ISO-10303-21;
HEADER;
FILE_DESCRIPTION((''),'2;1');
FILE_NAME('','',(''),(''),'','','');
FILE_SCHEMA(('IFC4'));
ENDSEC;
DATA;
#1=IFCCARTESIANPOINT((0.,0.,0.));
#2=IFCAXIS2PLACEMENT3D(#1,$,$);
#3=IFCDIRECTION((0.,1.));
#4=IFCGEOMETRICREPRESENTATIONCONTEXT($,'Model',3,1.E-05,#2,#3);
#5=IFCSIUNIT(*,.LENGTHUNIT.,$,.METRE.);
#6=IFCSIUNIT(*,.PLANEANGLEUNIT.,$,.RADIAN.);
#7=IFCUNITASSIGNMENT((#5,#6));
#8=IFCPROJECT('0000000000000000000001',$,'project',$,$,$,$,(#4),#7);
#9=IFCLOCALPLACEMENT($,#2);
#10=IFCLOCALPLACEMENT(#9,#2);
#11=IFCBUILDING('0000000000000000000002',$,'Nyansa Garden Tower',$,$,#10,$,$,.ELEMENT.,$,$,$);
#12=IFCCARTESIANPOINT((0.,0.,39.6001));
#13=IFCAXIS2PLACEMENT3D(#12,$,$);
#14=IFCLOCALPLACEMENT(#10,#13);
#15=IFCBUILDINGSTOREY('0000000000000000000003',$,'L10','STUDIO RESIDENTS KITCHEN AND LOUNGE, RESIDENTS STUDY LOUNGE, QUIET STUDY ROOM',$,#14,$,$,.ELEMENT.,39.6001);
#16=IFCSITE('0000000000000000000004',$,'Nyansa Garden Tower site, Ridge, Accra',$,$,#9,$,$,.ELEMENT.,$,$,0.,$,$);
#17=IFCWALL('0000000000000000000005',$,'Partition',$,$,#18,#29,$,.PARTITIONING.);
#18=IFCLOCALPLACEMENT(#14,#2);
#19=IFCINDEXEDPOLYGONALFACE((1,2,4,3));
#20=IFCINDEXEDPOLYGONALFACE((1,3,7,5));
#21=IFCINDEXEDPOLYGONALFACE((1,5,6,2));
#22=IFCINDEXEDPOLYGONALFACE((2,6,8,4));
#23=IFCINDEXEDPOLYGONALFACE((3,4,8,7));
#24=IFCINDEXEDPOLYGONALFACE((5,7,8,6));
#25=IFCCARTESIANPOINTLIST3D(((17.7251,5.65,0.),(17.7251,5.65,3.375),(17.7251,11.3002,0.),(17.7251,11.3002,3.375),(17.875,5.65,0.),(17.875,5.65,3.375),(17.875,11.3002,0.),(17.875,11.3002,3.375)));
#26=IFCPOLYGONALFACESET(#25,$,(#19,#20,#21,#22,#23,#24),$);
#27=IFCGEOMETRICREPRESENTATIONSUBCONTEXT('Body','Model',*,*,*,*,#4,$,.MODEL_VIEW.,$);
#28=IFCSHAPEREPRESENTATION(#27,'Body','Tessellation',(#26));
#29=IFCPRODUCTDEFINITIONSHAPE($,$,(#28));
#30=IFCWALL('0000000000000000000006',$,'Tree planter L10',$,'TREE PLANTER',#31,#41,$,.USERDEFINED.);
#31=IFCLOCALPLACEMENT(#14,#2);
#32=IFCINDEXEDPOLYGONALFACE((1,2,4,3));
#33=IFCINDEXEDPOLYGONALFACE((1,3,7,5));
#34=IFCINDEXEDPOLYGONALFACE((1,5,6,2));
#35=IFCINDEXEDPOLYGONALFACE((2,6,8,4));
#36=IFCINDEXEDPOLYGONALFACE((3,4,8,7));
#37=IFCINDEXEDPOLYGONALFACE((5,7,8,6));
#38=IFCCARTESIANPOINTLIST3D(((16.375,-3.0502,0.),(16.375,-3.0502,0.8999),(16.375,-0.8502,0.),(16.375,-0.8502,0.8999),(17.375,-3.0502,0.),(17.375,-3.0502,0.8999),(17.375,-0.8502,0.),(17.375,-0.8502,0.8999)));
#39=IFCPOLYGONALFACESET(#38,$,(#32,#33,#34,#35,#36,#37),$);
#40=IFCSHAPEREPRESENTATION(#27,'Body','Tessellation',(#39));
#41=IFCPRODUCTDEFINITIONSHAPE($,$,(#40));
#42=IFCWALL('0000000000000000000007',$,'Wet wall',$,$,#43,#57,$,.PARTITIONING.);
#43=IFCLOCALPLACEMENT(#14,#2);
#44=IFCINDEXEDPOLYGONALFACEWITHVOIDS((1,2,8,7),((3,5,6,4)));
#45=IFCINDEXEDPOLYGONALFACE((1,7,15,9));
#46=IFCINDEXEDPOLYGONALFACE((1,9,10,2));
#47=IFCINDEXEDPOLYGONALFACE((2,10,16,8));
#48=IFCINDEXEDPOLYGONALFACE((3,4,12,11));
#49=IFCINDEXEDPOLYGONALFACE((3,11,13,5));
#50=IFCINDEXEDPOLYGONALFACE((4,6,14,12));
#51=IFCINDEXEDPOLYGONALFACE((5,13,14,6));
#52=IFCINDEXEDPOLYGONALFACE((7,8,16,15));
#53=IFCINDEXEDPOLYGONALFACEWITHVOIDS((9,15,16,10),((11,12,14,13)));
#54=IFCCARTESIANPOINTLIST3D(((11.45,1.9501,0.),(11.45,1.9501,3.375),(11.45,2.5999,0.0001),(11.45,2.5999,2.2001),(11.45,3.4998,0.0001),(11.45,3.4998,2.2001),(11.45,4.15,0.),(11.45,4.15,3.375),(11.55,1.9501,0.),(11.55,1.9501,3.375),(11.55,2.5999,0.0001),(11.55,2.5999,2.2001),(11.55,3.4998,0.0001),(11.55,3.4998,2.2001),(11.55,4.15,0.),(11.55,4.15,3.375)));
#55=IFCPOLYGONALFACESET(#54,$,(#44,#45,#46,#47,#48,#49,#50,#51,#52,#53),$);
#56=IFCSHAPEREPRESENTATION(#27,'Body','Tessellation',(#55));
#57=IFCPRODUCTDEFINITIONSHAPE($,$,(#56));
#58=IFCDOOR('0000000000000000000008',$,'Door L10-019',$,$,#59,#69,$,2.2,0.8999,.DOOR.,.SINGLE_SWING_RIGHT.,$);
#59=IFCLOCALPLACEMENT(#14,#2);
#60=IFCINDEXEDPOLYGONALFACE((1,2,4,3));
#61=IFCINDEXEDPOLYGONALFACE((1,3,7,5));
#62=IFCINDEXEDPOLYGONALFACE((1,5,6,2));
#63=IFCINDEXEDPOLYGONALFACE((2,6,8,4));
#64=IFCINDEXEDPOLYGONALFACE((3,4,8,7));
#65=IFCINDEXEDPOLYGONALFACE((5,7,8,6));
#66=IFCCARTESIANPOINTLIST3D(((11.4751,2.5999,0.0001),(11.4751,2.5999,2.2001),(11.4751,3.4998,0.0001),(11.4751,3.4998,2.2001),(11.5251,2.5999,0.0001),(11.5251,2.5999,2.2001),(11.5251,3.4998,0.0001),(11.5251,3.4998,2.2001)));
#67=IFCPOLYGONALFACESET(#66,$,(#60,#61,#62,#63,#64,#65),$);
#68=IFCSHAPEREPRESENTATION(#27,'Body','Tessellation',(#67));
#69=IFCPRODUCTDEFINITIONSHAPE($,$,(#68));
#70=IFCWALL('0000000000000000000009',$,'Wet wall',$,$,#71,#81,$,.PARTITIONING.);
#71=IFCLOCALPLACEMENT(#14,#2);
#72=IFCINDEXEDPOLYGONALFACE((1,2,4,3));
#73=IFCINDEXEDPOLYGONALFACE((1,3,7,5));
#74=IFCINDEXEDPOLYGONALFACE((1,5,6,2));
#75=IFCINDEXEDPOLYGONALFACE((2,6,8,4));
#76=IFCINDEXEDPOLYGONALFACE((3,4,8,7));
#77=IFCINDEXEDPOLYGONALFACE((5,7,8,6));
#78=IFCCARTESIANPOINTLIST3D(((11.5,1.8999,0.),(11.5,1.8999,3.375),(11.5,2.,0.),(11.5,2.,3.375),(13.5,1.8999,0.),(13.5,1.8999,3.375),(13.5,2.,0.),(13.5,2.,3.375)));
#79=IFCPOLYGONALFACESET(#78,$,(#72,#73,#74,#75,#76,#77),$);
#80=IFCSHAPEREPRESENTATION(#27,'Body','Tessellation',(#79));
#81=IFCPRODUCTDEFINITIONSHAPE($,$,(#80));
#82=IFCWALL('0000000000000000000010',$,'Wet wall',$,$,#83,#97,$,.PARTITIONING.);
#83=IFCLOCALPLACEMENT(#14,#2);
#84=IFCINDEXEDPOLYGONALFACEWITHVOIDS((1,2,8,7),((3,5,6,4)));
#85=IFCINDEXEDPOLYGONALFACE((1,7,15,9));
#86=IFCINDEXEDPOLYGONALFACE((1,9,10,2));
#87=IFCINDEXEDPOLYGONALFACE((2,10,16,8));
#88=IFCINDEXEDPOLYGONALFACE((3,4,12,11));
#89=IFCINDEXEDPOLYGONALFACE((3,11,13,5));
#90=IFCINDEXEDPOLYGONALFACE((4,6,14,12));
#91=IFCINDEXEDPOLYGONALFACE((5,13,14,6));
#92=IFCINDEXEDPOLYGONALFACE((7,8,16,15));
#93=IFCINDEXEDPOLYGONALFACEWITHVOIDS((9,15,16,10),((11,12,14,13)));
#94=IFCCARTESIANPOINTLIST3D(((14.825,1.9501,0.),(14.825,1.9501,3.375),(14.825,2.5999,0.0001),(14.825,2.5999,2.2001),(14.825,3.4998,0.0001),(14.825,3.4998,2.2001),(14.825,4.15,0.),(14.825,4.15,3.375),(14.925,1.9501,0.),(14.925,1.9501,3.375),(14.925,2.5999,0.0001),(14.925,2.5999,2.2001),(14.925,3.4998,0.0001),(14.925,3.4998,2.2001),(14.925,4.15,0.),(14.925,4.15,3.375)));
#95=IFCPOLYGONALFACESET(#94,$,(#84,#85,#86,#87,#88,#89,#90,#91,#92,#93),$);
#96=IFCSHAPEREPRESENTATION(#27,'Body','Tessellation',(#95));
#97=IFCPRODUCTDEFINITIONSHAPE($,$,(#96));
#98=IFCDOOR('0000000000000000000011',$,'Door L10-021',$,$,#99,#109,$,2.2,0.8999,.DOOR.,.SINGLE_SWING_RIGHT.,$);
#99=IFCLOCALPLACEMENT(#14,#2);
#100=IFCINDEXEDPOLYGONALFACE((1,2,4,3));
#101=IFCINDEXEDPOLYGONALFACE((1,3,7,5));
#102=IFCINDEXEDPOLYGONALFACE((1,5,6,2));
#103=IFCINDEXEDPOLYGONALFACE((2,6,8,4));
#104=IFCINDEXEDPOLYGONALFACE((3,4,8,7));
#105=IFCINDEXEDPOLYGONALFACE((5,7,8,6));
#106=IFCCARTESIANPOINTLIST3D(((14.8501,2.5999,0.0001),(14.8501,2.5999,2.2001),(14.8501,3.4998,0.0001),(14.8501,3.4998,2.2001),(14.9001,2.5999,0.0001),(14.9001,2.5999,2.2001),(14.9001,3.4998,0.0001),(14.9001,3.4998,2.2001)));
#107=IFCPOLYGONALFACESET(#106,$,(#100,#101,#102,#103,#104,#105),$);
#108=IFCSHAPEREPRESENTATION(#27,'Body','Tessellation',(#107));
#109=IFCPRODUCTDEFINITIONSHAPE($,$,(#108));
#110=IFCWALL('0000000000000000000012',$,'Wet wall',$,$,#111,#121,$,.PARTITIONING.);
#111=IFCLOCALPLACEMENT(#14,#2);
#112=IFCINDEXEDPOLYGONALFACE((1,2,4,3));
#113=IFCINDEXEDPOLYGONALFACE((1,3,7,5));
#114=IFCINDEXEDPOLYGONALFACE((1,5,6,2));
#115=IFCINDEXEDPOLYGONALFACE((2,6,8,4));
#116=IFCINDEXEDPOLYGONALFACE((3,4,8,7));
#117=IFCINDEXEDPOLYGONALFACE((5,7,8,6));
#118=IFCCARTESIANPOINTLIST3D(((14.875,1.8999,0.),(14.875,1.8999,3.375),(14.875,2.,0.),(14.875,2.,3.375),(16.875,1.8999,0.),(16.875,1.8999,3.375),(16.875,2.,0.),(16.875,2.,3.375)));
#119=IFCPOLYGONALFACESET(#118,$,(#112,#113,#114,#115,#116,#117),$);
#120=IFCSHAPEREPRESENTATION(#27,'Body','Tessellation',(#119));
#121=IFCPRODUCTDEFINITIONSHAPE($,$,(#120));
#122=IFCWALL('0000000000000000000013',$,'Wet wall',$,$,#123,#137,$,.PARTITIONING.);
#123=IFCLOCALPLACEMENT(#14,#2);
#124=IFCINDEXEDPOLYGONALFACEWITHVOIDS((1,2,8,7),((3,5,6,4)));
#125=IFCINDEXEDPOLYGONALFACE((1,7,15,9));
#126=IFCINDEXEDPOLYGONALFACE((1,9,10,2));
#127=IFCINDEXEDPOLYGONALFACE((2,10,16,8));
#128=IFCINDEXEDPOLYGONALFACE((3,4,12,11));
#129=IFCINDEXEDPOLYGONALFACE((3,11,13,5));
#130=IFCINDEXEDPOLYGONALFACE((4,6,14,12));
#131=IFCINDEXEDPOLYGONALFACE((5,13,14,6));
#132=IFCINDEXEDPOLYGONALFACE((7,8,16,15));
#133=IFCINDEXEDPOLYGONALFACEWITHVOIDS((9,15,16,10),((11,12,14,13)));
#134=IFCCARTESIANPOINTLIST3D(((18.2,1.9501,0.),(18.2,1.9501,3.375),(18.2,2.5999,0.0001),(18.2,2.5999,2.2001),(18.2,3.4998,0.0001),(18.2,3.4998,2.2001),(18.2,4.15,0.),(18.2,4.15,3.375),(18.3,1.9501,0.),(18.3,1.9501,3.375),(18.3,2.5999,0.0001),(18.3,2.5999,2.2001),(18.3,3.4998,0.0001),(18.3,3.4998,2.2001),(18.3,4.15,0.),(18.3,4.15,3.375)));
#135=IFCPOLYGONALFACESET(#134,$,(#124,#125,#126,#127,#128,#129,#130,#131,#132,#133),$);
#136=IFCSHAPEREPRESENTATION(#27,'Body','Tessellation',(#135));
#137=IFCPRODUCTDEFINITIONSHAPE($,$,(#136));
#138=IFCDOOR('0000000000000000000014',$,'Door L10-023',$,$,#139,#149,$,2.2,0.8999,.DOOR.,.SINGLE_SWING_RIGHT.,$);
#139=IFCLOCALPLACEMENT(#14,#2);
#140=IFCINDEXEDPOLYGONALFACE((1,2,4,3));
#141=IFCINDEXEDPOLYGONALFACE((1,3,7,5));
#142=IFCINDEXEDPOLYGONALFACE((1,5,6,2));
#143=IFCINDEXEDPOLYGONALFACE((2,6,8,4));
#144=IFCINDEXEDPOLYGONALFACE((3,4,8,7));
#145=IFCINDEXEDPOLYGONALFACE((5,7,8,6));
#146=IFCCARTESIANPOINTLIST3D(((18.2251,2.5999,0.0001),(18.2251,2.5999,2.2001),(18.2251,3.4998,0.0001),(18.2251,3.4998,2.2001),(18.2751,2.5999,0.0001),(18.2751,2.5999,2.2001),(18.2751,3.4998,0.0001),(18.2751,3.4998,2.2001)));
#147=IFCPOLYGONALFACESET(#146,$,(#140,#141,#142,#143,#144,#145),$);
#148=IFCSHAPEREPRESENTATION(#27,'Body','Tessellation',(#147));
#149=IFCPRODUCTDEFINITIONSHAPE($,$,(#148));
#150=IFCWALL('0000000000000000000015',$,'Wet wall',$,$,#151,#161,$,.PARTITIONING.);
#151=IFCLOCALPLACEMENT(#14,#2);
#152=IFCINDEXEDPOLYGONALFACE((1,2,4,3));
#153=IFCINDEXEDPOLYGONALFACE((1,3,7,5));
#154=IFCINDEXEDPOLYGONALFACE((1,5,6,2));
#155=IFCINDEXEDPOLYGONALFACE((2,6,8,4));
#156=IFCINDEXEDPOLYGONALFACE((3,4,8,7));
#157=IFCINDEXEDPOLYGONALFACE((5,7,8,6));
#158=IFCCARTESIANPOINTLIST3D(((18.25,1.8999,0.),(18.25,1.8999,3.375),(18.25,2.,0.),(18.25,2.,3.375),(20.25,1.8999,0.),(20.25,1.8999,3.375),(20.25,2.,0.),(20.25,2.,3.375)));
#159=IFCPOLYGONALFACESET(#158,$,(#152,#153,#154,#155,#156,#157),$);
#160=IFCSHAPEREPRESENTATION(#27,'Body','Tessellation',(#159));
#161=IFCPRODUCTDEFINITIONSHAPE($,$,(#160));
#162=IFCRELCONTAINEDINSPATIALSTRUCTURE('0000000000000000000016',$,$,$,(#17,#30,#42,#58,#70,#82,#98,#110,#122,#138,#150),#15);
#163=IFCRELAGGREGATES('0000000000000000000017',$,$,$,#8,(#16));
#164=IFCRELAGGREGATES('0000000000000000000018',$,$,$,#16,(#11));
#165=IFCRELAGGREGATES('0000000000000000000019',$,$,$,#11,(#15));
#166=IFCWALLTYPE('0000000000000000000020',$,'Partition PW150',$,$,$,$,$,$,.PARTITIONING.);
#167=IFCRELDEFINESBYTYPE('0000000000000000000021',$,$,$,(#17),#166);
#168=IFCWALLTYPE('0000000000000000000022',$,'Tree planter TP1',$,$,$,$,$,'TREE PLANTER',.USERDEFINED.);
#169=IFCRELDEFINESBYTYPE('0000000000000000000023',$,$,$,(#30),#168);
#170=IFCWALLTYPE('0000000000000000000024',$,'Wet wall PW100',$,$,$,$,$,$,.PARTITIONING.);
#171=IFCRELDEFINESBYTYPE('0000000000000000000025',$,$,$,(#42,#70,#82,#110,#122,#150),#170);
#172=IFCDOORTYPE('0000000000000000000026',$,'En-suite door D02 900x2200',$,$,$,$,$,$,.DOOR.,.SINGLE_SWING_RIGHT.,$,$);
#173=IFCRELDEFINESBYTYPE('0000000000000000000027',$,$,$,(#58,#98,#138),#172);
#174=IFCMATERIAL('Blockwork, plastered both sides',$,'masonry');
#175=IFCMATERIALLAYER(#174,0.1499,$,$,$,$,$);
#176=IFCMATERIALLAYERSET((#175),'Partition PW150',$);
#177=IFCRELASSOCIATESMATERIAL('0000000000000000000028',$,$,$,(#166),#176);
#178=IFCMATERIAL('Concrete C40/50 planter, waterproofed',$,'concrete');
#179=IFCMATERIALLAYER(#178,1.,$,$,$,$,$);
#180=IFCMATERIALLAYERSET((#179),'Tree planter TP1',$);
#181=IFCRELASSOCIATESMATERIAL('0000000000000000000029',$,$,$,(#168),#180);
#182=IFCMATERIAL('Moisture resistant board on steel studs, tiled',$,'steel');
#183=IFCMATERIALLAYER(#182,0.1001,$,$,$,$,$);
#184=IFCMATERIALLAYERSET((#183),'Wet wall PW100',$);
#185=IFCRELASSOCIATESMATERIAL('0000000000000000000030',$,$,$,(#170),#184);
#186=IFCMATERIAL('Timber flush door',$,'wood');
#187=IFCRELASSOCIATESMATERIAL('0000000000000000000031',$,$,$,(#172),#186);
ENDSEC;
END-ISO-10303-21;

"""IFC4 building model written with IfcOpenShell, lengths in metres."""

from ifc_helpers import new_model, si_unit, direction, frame, frame_2d, origin, place, context, subcontext, project, spatial, rectangle, extrude, material, layer, layer_set, type_object, element, fill, save


model = new_model("IFC4")

# Units and contexts
model_context = context("Model", 3, precision=1e-05, world=origin(), true_north=direction((0.0, 1.0)))
body_context = subcontext(model_context, "Body", "Model", "MODEL_VIEW")
ifc_project = project(units=[si_unit("LENGTHUNIT", "METRE"), si_unit("PLANEANGLEUNIT", "RADIAN")], contexts=[model_context])

# Site, building, storey
site_placement = place(None, origin())
site = spatial("IfcSite", under=ifc_project, at=site_placement, Name="Nyansa Garden Tower site, Ridge, Accra", CompositionType="ELEMENT", RefElevation=0.0)
building_placement = place(site_placement, origin())
building = spatial("IfcBuilding", under=site, at=building_placement, Name="Nyansa Garden Tower", CompositionType="ELEMENT")
storey_placement = place(building_placement, frame((0.0, 0.0, 39.6001)))
storey = spatial("IfcBuildingStorey", under=building, at=storey_placement, Name="L10", Description="STUDIO RESIDENTS KITCHEN AND LOUNGE, RESIDENTS STUDY LOUNGE, QUIET STUDY ROOM", CompositionType="ELEMENT", Elevation=39.6001)

# Walls
ifc_material_1 = material(Name="Blockwork, plastered both sides", Category="masonry")
ifc_layer_1 = layer(ifc_material_1, 0.1499)
ifc_layer_set_1 = layer_set([ifc_layer_1], Name="Partition PW150")
wall_type_1 = type_object("IfcWallType", Name="Partition PW150", PredefinedType="PARTITIONING", material=ifc_layer_set_1)
wall_1_placement = place(storey_placement, frame((17.8, 5.6499, 0.0), z_axis=(0.0, 0.0, 1.0), x_axis=(0.0, 1.0, 0.0)))
element("IfcWall", 1, at=wall_1_placement, inside=storey, type_object=wall_type_1, Name="Partition", PredefinedType="PARTITIONING", context=body_context, shape_type="SweptSolid", body=[
    extrude(rectangle(XDim=5.6501, YDim=0.1499, at=frame_2d((2.8252, 0.0))), origin(), (0.0, 0.0, 1.0), 3.375),
])
ifc_material_2 = material(Name="Concrete C40/50 planter, waterproofed", Category="concrete")
ifc_layer_2 = layer(ifc_material_2, 1.0)
ifc_layer_set_2 = layer_set([ifc_layer_2], Name="Tree planter TP1")
wall_type_2 = type_object("IfcWallType", Name="Tree planter TP1", ElementType="TREE PLANTER", PredefinedType="USERDEFINED", material=ifc_layer_set_2)
wall_2_placement = place(storey_placement, frame((16.875, -0.8501, 0.0), z_axis=(0.0, 0.0, 1.0), x_axis=(0.0, -1.0, 0.0)))
element("IfcWall", 2, at=wall_2_placement, inside=storey, type_object=wall_type_2, Name="Tree planter L10", ObjectType="TREE PLANTER", PredefinedType="USERDEFINED", context=body_context, shape_type="SweptSolid", body=[
    extrude(rectangle(XDim=2.2, YDim=1.0, at=frame_2d((1.1001, 0.0))), origin(), (0.0, 0.0, 1.0), 0.8999),
])

# Wall, opening, door
ifc_material_3 = material(Name="Moisture resistant board on steel studs, tiled", Category="steel")
ifc_layer_3 = layer(ifc_material_3, 0.1001)
ifc_layer_set_3 = layer_set([ifc_layer_3], Name="Wet wall PW100")
wall_type_3 = type_object("IfcWallType", Name="Wet wall PW100", PredefinedType="PARTITIONING", material=ifc_layer_set_3)
wall_3_placement = place(storey_placement, frame((11.5, 1.95, 0.0), z_axis=(0.0, 0.0, 1.0), x_axis=(0.0, 1.0, 0.0)))
wall_3 = element("IfcWall", 3, at=wall_3_placement, inside=storey, type_object=wall_type_3, Name="Wet wall", PredefinedType="PARTITIONING", context=body_context, shape_type="SweptSolid", body=[
    extrude(rectangle(XDim=2.2, YDim=0.1001, at=frame_2d((1.1001, 0.0))), origin(), (0.0, 0.0, 1.0), 3.375),
])
opening_1_placement = place(wall_3_placement, frame((0.6499, 0.0, 0.0)))
opening_1 = element("IfcOpeningElement", 4, at=opening_1_placement, cuts=wall_3, PredefinedType="OPENING", context=body_context, shape_type="SweptSolid", body=[
    extrude(rectangle(XDim=0.8999, YDim=2.2, at=frame_2d((0.45, 1.1001))), frame((0.0, 0.0601, 0.0), z_axis=(0.0, -1.0, 0.0), x_axis=(1.0, 0.0, 0.0)), (0.0, 0.0, 1.0), 0.1201),
])
ifc_material_4 = material(Name="Timber flush door", Category="wood")
door_type = type_object("IfcDoorType", Name="En-suite door D02 900x2200", OperationType="SINGLE_SWING_RIGHT", PredefinedType="DOOR", material=ifc_material_4)
door_1_placement = place(opening_1_placement, origin())
door_1 = element("IfcDoor", 5, at=door_1_placement, inside=storey, type_object=door_type, Name="Door L10-019", OperationType="SINGLE_SWING_RIGHT", OverallHeight=2.2, OverallWidth=0.8999, PredefinedType="DOOR", context=body_context, shape_type="SweptSolid", body=[
    extrude(rectangle(XDim=0.8999, YDim=2.2, at=frame_2d((0.45, 1.1001))), frame((0.0, 0.0249, 0.0), z_axis=(0.0, -1.0, 0.0), x_axis=(1.0, 0.0, 0.0)), (0.0, 0.0, 1.0), 0.05),
])
fill(opening_1, door_1)

# Wall
wall_4_placement = place(storey_placement, frame((11.5, 1.95, 0.0), z_axis=(0.0, 0.0, 1.0), x_axis=(1.0, 0.0, 0.0)))
element("IfcWall", 6, at=wall_4_placement, inside=storey, type_object=wall_type_3, Name="Wet wall", PredefinedType="PARTITIONING", context=body_context, shape_type="SweptSolid", body=[
    extrude(rectangle(XDim=2.0, YDim=0.1001, at=frame_2d((1.0, 0.0))), origin(), (0.0, 0.0, 1.0), 3.375),
])

# Wall, opening, door
wall_5_placement = place(storey_placement, frame((14.875, 1.95, 0.0), z_axis=(0.0, 0.0, 1.0), x_axis=(0.0, 1.0, 0.0)))
wall_5 = element("IfcWall", 7, at=wall_5_placement, inside=storey, type_object=wall_type_3, Name="Wet wall", PredefinedType="PARTITIONING", context=body_context, shape_type="SweptSolid", body=[
    extrude(rectangle(XDim=2.2, YDim=0.1001, at=frame_2d((1.1001, 0.0))), origin(), (0.0, 0.0, 1.0), 3.375),
])
opening_2_placement = place(wall_5_placement, frame((0.6499, 0.0, 0.0)))
opening_2 = element("IfcOpeningElement", 8, at=opening_2_placement, cuts=wall_5, PredefinedType="OPENING", context=body_context, shape_type="SweptSolid", body=[
    extrude(rectangle(XDim=0.8999, YDim=2.2, at=frame_2d((0.45, 1.1001))), frame((0.0, 0.0601, 0.0), z_axis=(0.0, -1.0, 0.0), x_axis=(1.0, 0.0, 0.0)), (0.0, 0.0, 1.0), 0.1201),
])
door_2_placement = place(opening_2_placement, origin())
door_2 = element("IfcDoor", 9, at=door_2_placement, inside=storey, type_object=door_type, Name="Door L10-021", OperationType="SINGLE_SWING_RIGHT", OverallHeight=2.2, OverallWidth=0.8999, PredefinedType="DOOR", context=body_context, shape_type="SweptSolid", body=[
    extrude(rectangle(XDim=0.8999, YDim=2.2, at=frame_2d((0.45, 1.1001))), frame((0.0, 0.0249, 0.0), z_axis=(0.0, -1.0, 0.0), x_axis=(1.0, 0.0, 0.0)), (0.0, 0.0, 1.0), 0.05),
])
fill(opening_2, door_2)

# Wall
wall_6_placement = place(storey_placement, frame((14.875, 1.95, 0.0), z_axis=(0.0, 0.0, 1.0), x_axis=(1.0, 0.0, 0.0)))
element("IfcWall", 10, at=wall_6_placement, inside=storey, type_object=wall_type_3, Name="Wet wall", PredefinedType="PARTITIONING", context=body_context, shape_type="SweptSolid", body=[
    extrude(rectangle(XDim=2.0, YDim=0.1001, at=frame_2d((1.0, 0.0))), origin(), (0.0, 0.0, 1.0), 3.375),
])

# Wall, opening, door
wall_7_placement = place(storey_placement, frame((18.25, 1.95, 0.0), z_axis=(0.0, 0.0, 1.0), x_axis=(0.0, 1.0, 0.0)))
wall_7 = element("IfcWall", 11, at=wall_7_placement, inside=storey, type_object=wall_type_3, Name="Wet wall", PredefinedType="PARTITIONING", context=body_context, shape_type="SweptSolid", body=[
    extrude(rectangle(XDim=2.2, YDim=0.1001, at=frame_2d((1.1001, 0.0))), origin(), (0.0, 0.0, 1.0), 3.375),
])
opening_3_placement = place(wall_7_placement, frame((0.6499, 0.0, 0.0)))
opening_3 = element("IfcOpeningElement", 12, at=opening_3_placement, cuts=wall_7, PredefinedType="OPENING", context=body_context, shape_type="SweptSolid", body=[
    extrude(rectangle(XDim=0.8999, YDim=2.2, at=frame_2d((0.45, 1.1001))), frame((0.0, 0.0601, 0.0), z_axis=(0.0, -1.0, 0.0), x_axis=(1.0, 0.0, 0.0)), (0.0, 0.0, 1.0), 0.1201),
])
door_3_placement = place(opening_3_placement, origin())
door_3 = element("IfcDoor", 13, at=door_3_placement, inside=storey, type_object=door_type, Name="Door L10-023", OperationType="SINGLE_SWING_RIGHT", OverallHeight=2.2, OverallWidth=0.8999, PredefinedType="DOOR", context=body_context, shape_type="SweptSolid", body=[
    extrude(rectangle(XDim=0.8999, YDim=2.2, at=frame_2d((0.45, 1.1001))), frame((0.0, 0.0249, 0.0), z_axis=(0.0, -1.0, 0.0), x_axis=(1.0, 0.0, 0.0)), (0.0, 0.0, 1.0), 0.05),
])
fill(opening_3, door_3)

# Wall
wall_8_placement = place(storey_placement, frame((18.25, 1.95, 0.0), z_axis=(0.0, 0.0, 1.0), x_axis=(1.0, 0.0, 0.0)))
element("IfcWall", 14, at=wall_8_placement, inside=storey, type_object=wall_type_3, Name="Wet wall", PredefinedType="PARTITIONING", context=body_context, shape_type="SweptSolid", body=[
    extrude(rectangle(XDim=2.0, YDim=0.1001, at=frame_2d((1.0, 0.0))), origin(), (0.0, 0.0, 1.0), 3.375),
])

save(model, "model.ifc")
